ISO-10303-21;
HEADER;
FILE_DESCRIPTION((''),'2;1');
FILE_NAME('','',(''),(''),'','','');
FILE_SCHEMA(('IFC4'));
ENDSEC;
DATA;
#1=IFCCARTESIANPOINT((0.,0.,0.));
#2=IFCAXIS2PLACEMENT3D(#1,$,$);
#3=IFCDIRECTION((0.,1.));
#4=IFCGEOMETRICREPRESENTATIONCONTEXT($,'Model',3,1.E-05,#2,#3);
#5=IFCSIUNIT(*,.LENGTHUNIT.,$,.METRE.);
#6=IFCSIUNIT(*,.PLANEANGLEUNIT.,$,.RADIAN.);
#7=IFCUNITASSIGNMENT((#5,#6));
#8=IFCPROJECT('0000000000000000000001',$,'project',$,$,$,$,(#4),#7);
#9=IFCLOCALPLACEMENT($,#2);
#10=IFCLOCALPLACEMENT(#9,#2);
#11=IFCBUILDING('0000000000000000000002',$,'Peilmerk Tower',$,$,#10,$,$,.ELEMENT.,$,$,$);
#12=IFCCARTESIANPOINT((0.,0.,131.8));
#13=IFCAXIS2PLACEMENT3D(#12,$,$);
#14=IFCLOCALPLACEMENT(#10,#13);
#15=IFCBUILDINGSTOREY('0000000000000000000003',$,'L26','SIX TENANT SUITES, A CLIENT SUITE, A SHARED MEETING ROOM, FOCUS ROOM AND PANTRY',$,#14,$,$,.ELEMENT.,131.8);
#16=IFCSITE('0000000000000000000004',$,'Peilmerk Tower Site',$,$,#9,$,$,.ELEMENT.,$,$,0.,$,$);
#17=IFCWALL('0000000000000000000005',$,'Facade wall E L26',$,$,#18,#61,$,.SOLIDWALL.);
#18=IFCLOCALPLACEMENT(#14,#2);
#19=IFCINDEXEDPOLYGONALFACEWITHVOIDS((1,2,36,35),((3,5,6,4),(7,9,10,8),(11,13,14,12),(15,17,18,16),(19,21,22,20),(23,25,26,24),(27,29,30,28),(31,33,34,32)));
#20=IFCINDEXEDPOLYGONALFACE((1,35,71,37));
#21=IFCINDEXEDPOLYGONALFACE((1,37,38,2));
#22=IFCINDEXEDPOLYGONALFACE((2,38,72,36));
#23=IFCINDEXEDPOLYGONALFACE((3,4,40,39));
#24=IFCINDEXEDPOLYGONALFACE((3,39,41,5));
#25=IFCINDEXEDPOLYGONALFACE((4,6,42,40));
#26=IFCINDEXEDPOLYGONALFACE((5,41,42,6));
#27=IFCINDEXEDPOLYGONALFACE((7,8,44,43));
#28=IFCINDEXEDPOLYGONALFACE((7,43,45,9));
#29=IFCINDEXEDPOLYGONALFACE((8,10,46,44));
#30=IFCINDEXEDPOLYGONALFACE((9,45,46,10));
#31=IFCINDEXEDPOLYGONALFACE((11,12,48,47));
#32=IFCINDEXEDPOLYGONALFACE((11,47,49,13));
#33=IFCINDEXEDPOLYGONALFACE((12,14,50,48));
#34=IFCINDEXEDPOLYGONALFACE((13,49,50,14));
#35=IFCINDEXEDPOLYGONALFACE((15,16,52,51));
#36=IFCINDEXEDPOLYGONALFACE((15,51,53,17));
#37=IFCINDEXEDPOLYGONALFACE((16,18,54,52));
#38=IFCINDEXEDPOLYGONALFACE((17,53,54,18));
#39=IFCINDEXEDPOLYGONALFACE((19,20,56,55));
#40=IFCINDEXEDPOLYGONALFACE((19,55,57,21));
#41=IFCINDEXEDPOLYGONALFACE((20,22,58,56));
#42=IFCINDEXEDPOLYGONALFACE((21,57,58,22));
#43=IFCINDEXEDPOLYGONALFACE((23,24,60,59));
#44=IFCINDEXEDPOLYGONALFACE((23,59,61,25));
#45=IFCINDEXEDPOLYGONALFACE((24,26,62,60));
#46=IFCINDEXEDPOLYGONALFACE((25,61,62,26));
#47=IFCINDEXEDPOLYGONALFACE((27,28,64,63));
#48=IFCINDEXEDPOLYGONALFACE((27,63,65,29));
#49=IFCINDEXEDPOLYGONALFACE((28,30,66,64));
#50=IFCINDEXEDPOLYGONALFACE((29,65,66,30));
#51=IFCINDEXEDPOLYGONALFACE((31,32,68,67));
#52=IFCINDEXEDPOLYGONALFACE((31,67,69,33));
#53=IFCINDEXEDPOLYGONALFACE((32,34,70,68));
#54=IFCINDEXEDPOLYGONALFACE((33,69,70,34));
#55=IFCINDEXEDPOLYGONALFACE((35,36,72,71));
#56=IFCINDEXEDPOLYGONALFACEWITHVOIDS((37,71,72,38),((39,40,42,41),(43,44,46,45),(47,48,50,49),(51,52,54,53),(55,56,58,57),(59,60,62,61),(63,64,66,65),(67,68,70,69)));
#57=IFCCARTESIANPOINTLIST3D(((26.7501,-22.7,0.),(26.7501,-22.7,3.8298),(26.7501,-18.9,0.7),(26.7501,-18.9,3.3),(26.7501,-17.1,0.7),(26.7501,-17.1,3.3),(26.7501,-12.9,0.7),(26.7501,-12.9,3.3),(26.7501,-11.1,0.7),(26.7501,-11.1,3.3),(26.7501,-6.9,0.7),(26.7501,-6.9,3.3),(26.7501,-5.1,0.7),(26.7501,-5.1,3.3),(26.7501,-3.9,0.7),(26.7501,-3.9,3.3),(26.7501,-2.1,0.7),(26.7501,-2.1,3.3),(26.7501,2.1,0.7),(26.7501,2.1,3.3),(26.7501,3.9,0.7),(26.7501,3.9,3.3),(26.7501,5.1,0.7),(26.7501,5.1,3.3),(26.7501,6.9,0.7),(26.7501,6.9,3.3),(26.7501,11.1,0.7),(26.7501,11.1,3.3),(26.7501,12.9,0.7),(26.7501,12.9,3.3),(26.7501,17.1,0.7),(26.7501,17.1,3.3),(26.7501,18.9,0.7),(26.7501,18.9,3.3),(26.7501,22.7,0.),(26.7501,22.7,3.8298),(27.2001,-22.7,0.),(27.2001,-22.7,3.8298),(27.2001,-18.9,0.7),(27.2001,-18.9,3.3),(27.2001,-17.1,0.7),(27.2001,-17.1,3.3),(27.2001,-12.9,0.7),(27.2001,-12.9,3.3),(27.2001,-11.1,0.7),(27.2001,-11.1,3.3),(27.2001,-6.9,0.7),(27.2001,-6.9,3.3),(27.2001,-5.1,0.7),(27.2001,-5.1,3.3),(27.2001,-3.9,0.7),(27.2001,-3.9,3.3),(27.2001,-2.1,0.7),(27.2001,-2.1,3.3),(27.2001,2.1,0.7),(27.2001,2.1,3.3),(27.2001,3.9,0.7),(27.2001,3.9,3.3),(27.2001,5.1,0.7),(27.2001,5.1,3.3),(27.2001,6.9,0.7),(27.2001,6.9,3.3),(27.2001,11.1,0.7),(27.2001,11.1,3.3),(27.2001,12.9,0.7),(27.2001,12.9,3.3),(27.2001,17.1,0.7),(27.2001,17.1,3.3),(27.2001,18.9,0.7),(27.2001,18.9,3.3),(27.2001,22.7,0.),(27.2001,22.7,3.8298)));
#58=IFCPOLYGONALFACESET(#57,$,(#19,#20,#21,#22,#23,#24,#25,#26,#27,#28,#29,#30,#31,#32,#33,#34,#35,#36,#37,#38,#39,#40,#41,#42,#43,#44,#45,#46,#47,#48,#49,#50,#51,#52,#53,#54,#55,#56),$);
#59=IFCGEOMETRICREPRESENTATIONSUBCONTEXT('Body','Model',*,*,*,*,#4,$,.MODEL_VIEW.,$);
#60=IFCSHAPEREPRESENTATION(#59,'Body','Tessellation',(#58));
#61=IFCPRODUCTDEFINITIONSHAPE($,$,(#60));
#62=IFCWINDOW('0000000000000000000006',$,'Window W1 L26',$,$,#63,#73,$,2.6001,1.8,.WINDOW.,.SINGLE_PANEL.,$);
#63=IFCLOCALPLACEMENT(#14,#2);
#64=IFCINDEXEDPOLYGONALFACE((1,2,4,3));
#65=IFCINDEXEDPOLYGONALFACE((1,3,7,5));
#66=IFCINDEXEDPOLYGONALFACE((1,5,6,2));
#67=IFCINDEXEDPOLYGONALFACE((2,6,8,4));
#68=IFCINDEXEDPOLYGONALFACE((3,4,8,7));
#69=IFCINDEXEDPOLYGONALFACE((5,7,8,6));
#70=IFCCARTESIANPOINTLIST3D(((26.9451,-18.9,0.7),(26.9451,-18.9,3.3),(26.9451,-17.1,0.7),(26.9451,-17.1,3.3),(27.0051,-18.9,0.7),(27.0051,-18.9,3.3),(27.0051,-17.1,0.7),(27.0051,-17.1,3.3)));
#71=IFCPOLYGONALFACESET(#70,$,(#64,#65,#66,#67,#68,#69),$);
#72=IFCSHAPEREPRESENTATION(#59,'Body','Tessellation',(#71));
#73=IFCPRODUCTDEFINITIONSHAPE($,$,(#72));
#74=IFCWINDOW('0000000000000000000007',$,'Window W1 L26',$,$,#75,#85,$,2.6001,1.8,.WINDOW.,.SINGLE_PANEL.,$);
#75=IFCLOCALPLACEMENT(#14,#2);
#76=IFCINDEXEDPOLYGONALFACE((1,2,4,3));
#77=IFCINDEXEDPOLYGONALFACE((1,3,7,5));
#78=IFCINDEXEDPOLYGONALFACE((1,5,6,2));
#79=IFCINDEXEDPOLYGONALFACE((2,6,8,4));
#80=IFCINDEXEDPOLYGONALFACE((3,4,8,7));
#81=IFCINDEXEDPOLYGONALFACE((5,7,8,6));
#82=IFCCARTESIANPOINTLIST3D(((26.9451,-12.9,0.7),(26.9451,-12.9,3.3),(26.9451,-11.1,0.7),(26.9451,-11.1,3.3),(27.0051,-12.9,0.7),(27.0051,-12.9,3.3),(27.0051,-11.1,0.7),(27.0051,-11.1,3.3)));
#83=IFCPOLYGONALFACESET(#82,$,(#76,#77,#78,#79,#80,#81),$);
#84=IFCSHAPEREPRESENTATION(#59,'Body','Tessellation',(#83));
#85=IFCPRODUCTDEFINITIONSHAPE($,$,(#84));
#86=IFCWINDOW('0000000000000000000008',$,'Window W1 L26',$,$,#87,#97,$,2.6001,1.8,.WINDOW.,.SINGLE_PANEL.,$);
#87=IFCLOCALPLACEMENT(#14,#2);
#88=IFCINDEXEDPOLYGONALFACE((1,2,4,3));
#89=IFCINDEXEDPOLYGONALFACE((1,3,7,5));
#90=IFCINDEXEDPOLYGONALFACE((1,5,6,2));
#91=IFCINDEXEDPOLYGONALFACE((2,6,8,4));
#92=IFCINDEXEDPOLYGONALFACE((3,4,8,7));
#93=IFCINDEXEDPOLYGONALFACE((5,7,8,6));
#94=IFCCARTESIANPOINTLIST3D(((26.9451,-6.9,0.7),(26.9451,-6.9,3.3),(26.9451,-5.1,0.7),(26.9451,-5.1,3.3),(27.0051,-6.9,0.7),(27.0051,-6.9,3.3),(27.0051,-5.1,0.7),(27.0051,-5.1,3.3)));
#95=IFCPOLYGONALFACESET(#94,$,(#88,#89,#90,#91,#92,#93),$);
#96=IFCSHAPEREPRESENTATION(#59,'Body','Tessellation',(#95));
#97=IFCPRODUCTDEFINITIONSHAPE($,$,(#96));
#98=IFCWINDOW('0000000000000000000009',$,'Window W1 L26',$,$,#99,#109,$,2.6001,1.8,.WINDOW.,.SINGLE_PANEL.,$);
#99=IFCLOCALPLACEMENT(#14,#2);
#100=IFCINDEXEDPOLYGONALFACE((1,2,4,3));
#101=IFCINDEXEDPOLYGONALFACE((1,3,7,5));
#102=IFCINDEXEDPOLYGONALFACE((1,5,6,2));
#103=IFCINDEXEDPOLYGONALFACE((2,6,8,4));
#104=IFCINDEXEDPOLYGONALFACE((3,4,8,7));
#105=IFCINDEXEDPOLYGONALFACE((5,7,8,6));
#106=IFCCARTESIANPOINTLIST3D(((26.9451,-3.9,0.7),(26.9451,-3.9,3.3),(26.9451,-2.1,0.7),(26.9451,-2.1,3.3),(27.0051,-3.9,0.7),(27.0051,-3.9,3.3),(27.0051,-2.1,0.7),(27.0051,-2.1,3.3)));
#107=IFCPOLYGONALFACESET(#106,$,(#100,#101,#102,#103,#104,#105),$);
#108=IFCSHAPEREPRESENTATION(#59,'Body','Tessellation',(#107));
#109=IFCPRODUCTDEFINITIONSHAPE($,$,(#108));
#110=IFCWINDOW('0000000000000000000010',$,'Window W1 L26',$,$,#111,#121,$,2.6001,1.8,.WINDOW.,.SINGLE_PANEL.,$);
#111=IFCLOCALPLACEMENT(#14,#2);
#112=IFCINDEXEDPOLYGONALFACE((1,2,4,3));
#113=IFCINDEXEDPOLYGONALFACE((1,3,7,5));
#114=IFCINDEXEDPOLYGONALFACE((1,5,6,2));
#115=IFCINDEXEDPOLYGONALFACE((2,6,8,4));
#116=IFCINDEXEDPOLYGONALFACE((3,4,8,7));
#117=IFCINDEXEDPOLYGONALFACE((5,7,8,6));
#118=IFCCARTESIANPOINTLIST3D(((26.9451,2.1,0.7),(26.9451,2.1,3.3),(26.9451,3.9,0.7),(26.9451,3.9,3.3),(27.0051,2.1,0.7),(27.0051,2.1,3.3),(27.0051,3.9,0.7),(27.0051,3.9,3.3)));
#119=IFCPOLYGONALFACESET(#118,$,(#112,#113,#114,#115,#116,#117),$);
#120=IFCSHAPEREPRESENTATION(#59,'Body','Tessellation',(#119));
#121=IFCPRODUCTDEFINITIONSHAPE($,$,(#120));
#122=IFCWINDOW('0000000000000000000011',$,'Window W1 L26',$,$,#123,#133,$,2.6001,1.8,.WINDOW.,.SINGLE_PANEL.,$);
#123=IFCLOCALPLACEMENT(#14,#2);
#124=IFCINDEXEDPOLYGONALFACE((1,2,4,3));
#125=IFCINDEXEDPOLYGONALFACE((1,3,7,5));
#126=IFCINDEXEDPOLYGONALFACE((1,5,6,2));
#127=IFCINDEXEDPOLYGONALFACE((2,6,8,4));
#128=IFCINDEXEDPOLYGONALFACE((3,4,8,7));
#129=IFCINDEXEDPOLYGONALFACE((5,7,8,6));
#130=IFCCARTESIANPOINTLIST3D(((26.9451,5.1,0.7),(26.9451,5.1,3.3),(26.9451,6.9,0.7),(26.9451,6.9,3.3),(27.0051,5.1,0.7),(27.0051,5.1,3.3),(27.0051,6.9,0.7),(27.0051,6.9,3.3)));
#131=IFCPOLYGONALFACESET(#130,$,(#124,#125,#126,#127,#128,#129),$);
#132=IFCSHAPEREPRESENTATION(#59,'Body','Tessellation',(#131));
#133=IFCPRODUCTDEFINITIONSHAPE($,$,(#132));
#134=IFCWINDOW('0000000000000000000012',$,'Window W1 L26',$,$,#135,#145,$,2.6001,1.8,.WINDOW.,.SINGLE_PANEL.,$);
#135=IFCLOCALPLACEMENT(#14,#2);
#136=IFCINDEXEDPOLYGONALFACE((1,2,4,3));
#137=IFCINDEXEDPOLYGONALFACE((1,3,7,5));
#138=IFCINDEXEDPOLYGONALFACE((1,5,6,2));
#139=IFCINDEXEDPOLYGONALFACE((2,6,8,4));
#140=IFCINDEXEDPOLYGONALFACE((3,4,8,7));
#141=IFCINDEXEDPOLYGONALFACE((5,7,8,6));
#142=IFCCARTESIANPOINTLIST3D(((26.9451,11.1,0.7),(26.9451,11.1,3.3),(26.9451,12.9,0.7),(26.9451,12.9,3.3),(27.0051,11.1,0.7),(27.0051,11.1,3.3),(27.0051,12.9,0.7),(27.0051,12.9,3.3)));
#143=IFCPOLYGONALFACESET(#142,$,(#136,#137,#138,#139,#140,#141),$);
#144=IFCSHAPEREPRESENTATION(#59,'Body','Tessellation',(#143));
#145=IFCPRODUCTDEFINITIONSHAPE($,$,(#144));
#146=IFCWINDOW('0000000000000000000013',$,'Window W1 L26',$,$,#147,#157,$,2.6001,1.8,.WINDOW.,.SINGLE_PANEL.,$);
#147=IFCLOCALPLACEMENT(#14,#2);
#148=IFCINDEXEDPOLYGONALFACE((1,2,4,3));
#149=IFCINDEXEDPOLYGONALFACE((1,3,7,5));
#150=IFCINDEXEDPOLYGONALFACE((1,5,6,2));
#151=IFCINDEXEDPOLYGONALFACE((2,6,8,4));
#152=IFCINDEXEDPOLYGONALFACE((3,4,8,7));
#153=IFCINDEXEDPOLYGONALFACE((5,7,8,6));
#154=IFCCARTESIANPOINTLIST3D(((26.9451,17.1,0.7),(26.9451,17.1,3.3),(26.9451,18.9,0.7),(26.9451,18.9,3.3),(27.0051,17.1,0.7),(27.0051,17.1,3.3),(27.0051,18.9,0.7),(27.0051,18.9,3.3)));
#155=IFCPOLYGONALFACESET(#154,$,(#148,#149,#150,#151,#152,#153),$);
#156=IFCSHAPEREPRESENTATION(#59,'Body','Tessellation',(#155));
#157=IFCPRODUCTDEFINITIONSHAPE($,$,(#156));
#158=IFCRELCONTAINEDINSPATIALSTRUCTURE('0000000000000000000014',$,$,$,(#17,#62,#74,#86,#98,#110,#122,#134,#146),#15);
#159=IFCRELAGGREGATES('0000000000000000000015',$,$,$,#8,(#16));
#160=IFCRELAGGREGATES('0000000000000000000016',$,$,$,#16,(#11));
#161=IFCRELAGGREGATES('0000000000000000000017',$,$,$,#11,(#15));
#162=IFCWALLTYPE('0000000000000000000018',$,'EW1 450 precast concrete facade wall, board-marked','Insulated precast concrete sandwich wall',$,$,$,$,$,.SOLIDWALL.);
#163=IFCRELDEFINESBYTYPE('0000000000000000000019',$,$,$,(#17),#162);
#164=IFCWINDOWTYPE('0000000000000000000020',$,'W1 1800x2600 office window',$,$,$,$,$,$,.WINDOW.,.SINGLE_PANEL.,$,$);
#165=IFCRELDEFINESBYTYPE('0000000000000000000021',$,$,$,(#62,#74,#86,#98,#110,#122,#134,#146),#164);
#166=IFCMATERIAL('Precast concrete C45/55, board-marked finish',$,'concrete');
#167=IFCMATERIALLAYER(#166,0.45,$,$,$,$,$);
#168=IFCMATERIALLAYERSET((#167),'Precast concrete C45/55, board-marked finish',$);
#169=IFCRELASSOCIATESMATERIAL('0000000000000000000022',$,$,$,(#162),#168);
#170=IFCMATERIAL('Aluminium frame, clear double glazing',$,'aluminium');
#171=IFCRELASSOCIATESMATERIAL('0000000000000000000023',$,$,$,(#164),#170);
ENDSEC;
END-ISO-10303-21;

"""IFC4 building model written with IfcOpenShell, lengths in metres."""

from ifc_helpers import new_model, si_unit, direction, frame, frame_2d, origin, place, context, subcontext, project, spatial, rectangle, extrude, material, layer, layer_set, type_object, element, fill, save


model = new_model("IFC4")

# Units and contexts
model_context = context("Model", 3, precision=1e-05, world=origin(), true_north=direction((0.0, 1.0)))
body_context = subcontext(model_context, "Body", "Model", "MODEL_VIEW")
ifc_project = project(units=[si_unit("LENGTHUNIT", "METRE"), si_unit("PLANEANGLEUNIT", "RADIAN")], contexts=[model_context])

# Site, building, storey
site_placement = place(None, origin())
site = spatial("IfcSite", under=ifc_project, at=site_placement, Name="Peilmerk Tower Site", CompositionType="ELEMENT", RefElevation=0.0)
building_placement = place(site_placement, origin())
building = spatial("IfcBuilding", under=site, at=building_placement, Name="Peilmerk Tower", CompositionType="ELEMENT")
storey_placement = place(building_placement, frame((0.0, 0.0, 131.8)))
storey = spatial("IfcBuildingStorey", under=building, at=storey_placement, Name="L26", Description="SIX TENANT SUITES, A CLIENT SUITE, A SHARED MEETING ROOM, FOCUS ROOM AND PANTRY", CompositionType="ELEMENT", Elevation=131.8)

# Wall, openings, windows
ifc_material_1 = material(Name="Precast concrete C45/55, board-marked finish", Category="concrete")
ifc_layer_1 = layer(ifc_material_1, 0.45)
ifc_layer_set_1 = layer_set([ifc_layer_1], Name="Precast concrete C45/55, board-marked finish")
wall_type = type_object("IfcWallType", Name="EW1 450 precast concrete facade wall, board-marked", Description="Insulated precast concrete sandwich wall", PredefinedType="SOLIDWALL", material=ifc_layer_set_1)
wall_1_placement = place(storey_placement, frame((26.9751, -22.7, 0.0), z_axis=(0.0, 0.0, 1.0), x_axis=(0.0, 1.0, 0.0)))
wall_1 = element("IfcWall", 1, at=wall_1_placement, inside=storey, type_object=wall_type, Name="Facade wall E L26", PredefinedType="SOLIDWALL", context=body_context, shape_type="SweptSolid", body=[
    extrude(rectangle(XDim=45.3999, YDim=0.45, at=frame_2d((22.7, 0.0))), origin(), (0.0, 0.0, 1.0), 3.8298),
])
opening_1_placement = place(wall_1_placement, frame((3.8, 0.0, 0.7)))
opening_1 = element("IfcOpeningElement", 2, at=opening_1_placement, cuts=wall_1, PredefinedType="OPENING", context=body_context, shape_type="SweptSolid", body=[
    extrude(rectangle(XDim=1.8, YDim=2.6001, at=frame_2d((0.8999, 1.3))), frame((0.0, 0.2349, 0.0), z_axis=(0.0, -1.0, 0.0), x_axis=(1.0, 0.0, 0.0)), (0.0, 0.0, 1.0), 0.47),
])
opening_2_placement = place(wall_1_placement, frame((9.8, 0.0, 0.7)))
opening_2 = element("IfcOpeningElement", 3, at=opening_2_placement, cuts=wall_1, PredefinedType="OPENING", context=body_context, shape_type="SweptSolid", body=[
    extrude(rectangle(XDim=1.8, YDim=2.6001, at=frame_2d((0.8999, 1.3))), frame((0.0, 0.2349, 0.0), z_axis=(0.0, -1.0, 0.0), x_axis=(1.0, 0.0, 0.0)), (0.0, 0.0, 1.0), 0.47),
])
opening_3_placement = place(wall_1_placement, frame((15.8, 0.0, 0.7)))
opening_3 = element("IfcOpeningElement", 4, at=opening_3_placement, cuts=wall_1, PredefinedType="OPENING", context=body_context, shape_type="SweptSolid", body=[
    extrude(rectangle(XDim=1.8, YDim=2.6001, at=frame_2d((0.8999, 1.3))), frame((0.0, 0.2349, 0.0), z_axis=(0.0, -1.0, 0.0), x_axis=(1.0, 0.0, 0.0)), (0.0, 0.0, 1.0), 0.47),
])
opening_4_placement = place(wall_1_placement, frame((18.8, 0.0, 0.7)))
opening_4 = element("IfcOpeningElement", 5, at=opening_4_placement, cuts=wall_1, PredefinedType="OPENING", context=body_context, shape_type="SweptSolid", body=[
    extrude(rectangle(XDim=1.8, YDim=2.6001, at=frame_2d((0.8999, 1.3))), frame((0.0, 0.2349, 0.0), z_axis=(0.0, -1.0, 0.0), x_axis=(1.0, 0.0, 0.0)), (0.0, 0.0, 1.0), 0.47),
])
opening_5_placement = place(wall_1_placement, frame((24.8, 0.0, 0.7)))
opening_5 = element("IfcOpeningElement", 6, at=opening_5_placement, cuts=wall_1, PredefinedType="OPENING", context=body_context, shape_type="SweptSolid", body=[
    extrude(rectangle(XDim=1.8, YDim=2.6001, at=frame_2d((0.8999, 1.3))), frame((0.0, 0.2349, 0.0), z_axis=(0.0, -1.0, 0.0), x_axis=(1.0, 0.0, 0.0)), (0.0, 0.0, 1.0), 0.47),
])
opening_6_placement = place(wall_1_placement, frame((27.8, 0.0, 0.7)))
opening_6 = element("IfcOpeningElement", 7, at=opening_6_placement, cuts=wall_1, PredefinedType="OPENING", context=body_context, shape_type="SweptSolid", body=[
    extrude(rectangle(XDim=1.8, YDim=2.6001, at=frame_2d((0.8999, 1.3))), frame((0.0, 0.2349, 0.0), z_axis=(0.0, -1.0, 0.0), x_axis=(1.0, 0.0, 0.0)), (0.0, 0.0, 1.0), 0.47),
])
opening_7_placement = place(wall_1_placement, frame((33.8, 0.0, 0.7)))
opening_7 = element("IfcOpeningElement", 8, at=opening_7_placement, cuts=wall_1, PredefinedType="OPENING", context=body_context, shape_type="SweptSolid", body=[
    extrude(rectangle(XDim=1.8, YDim=2.6001, at=frame_2d((0.8999, 1.3))), frame((0.0, 0.2349, 0.0), z_axis=(0.0, -1.0, 0.0), x_axis=(1.0, 0.0, 0.0)), (0.0, 0.0, 1.0), 0.47),
])
opening_8_placement = place(wall_1_placement, frame((39.8, 0.0, 0.7)))
opening_8 = element("IfcOpeningElement", 9, at=opening_8_placement, cuts=wall_1, PredefinedType="OPENING", context=body_context, shape_type="SweptSolid", body=[
    extrude(rectangle(XDim=1.8, YDim=2.6001, at=frame_2d((0.8999, 1.3))), frame((0.0, 0.2349, 0.0), z_axis=(0.0, -1.0, 0.0), x_axis=(1.0, 0.0, 0.0)), (0.0, 0.0, 1.0), 0.47),
])
ifc_material_2 = material(Name="Aluminium frame, clear double glazing", Category="aluminium")
window_type = type_object("IfcWindowType", Name="W1 1800x2600 office window", PartitioningType="SINGLE_PANEL", PredefinedType="WINDOW", material=ifc_material_2)
window_1_placement = place(opening_1_placement, origin())
window_1 = element("IfcWindow", 10, at=window_1_placement, inside=storey, type_object=window_type, Name="Window W1 L26", OverallHeight=2.6001, OverallWidth=1.8, PartitioningType="SINGLE_PANEL", PredefinedType="WINDOW", context=body_context, shape_type="SweptSolid", body=[
    extrude(rectangle(XDim=1.8, YDim=2.6001, at=frame_2d((0.8999, 1.3))), frame((0.0, 0.03, 0.0), z_axis=(0.0, -1.0, 0.0), x_axis=(1.0, 0.0, 0.0)), (0.0, 0.0, 1.0), 0.0601),
])
fill(opening_1, window_1)
window_2_placement = place(opening_2_placement, origin())
window_2 = element("IfcWindow", 11, at=window_2_placement, inside=storey, type_object=window_type, Name="Window W1 L26", OverallHeight=2.6001, OverallWidth=1.8, PartitioningType="SINGLE_PANEL", PredefinedType="WINDOW", context=body_context, shape_type="SweptSolid", body=[
    extrude(rectangle(XDim=1.8, YDim=2.6001, at=frame_2d((0.8999, 1.3))), frame((0.0, 0.03, 0.0), z_axis=(0.0, -1.0, 0.0), x_axis=(1.0, 0.0, 0.0)), (0.0, 0.0, 1.0), 0.0601),
])
fill(opening_2, window_2)
window_3_placement = place(opening_3_placement, origin())
window_3 = element("IfcWindow", 12, at=window_3_placement, inside=storey, type_object=window_type, Name="Window W1 L26", OverallHeight=2.6001, OverallWidth=1.8, PartitioningType="SINGLE_PANEL", PredefinedType="WINDOW", context=body_context, shape_type="SweptSolid", body=[
    extrude(rectangle(XDim=1.8, YDim=2.6001, at=frame_2d((0.8999, 1.3))), frame((0.0, 0.03, 0.0), z_axis=(0.0, -1.0, 0.0), x_axis=(1.0, 0.0, 0.0)), (0.0, 0.0, 1.0), 0.0601),
])
fill(opening_3, window_3)
window_4_placement = place(opening_4_placement, origin())
window_4 = element("IfcWindow", 13, at=window_4_placement, inside=storey, type_object=window_type, Name="Window W1 L26", OverallHeight=2.6001, OverallWidth=1.8, PartitioningType="SINGLE_PANEL", PredefinedType="WINDOW", context=body_context, shape_type="SweptSolid", body=[
    extrude(rectangle(XDim=1.8, YDim=2.6001, at=frame_2d((0.8999, 1.3))), frame((0.0, 0.03, 0.0), z_axis=(0.0, -1.0, 0.0), x_axis=(1.0, 0.0, 0.0)), (0.0, 0.0, 1.0), 0.0601),
])
fill(opening_4, window_4)
window_5_placement = place(opening_5_placement, origin())
window_5 = element("IfcWindow", 14, at=window_5_placement, inside=storey, type_object=window_type, Name="Window W1 L26", OverallHeight=2.6001, OverallWidth=1.8, PartitioningType="SINGLE_PANEL", PredefinedType="WINDOW", context=body_context, shape_type="SweptSolid", body=[
    extrude(rectangle(XDim=1.8, YDim=2.6001, at=frame_2d((0.8999, 1.3))), frame((0.0, 0.03, 0.0), z_axis=(0.0, -1.0, 0.0), x_axis=(1.0, 0.0, 0.0)), (0.0, 0.0, 1.0), 0.0601),
])
fill(opening_5, window_5)
window_6_placement = place(opening_6_placement, origin())
window_6 = element("IfcWindow", 15, at=window_6_placement, inside=storey, type_object=window_type, Name="Window W1 L26", OverallHeight=2.6001, OverallWidth=1.8, PartitioningType="SINGLE_PANEL", PredefinedType="WINDOW", context=body_context, shape_type="SweptSolid", body=[
    extrude(rectangle(XDim=1.8, YDim=2.6001, at=frame_2d((0.8999, 1.3))), frame((0.0, 0.03, 0.0), z_axis=(0.0, -1.0, 0.0), x_axis=(1.0, 0.0, 0.0)), (0.0, 0.0, 1.0), 0.0601),
])
fill(opening_6, window_6)
window_7_placement = place(opening_7_placement, origin())
window_7 = element("IfcWindow", 16, at=window_7_placement, inside=storey, type_object=window_type, Name="Window W1 L26", OverallHeight=2.6001, OverallWidth=1.8, PartitioningType="SINGLE_PANEL", PredefinedType="WINDOW", context=body_context, shape_type="SweptSolid", body=[
    extrude(rectangle(XDim=1.8, YDim=2.6001, at=frame_2d((0.8999, 1.3))), frame((0.0, 0.03, 0.0), z_axis=(0.0, -1.0, 0.0), x_axis=(1.0, 0.0, 0.0)), (0.0, 0.0, 1.0), 0.0601),
])
fill(opening_7, window_7)
window_8_placement = place(opening_8_placement, origin())
window_8 = element("IfcWindow", 17, at=window_8_placement, inside=storey, type_object=window_type, Name="Window W1 L26", OverallHeight=2.6001, OverallWidth=1.8, PartitioningType="SINGLE_PANEL", PredefinedType="WINDOW", context=body_context, shape_type="SweptSolid", body=[
    extrude(rectangle(XDim=1.8, YDim=2.6001, at=frame_2d((0.8999, 1.3))), frame((0.0, 0.03, 0.0), z_axis=(0.0, -1.0, 0.0), x_axis=(1.0, 0.0, 0.0)), (0.0, 0.0, 1.0), 0.0601),
])
fill(opening_8, window_8)

save(model, "model.ifc")
